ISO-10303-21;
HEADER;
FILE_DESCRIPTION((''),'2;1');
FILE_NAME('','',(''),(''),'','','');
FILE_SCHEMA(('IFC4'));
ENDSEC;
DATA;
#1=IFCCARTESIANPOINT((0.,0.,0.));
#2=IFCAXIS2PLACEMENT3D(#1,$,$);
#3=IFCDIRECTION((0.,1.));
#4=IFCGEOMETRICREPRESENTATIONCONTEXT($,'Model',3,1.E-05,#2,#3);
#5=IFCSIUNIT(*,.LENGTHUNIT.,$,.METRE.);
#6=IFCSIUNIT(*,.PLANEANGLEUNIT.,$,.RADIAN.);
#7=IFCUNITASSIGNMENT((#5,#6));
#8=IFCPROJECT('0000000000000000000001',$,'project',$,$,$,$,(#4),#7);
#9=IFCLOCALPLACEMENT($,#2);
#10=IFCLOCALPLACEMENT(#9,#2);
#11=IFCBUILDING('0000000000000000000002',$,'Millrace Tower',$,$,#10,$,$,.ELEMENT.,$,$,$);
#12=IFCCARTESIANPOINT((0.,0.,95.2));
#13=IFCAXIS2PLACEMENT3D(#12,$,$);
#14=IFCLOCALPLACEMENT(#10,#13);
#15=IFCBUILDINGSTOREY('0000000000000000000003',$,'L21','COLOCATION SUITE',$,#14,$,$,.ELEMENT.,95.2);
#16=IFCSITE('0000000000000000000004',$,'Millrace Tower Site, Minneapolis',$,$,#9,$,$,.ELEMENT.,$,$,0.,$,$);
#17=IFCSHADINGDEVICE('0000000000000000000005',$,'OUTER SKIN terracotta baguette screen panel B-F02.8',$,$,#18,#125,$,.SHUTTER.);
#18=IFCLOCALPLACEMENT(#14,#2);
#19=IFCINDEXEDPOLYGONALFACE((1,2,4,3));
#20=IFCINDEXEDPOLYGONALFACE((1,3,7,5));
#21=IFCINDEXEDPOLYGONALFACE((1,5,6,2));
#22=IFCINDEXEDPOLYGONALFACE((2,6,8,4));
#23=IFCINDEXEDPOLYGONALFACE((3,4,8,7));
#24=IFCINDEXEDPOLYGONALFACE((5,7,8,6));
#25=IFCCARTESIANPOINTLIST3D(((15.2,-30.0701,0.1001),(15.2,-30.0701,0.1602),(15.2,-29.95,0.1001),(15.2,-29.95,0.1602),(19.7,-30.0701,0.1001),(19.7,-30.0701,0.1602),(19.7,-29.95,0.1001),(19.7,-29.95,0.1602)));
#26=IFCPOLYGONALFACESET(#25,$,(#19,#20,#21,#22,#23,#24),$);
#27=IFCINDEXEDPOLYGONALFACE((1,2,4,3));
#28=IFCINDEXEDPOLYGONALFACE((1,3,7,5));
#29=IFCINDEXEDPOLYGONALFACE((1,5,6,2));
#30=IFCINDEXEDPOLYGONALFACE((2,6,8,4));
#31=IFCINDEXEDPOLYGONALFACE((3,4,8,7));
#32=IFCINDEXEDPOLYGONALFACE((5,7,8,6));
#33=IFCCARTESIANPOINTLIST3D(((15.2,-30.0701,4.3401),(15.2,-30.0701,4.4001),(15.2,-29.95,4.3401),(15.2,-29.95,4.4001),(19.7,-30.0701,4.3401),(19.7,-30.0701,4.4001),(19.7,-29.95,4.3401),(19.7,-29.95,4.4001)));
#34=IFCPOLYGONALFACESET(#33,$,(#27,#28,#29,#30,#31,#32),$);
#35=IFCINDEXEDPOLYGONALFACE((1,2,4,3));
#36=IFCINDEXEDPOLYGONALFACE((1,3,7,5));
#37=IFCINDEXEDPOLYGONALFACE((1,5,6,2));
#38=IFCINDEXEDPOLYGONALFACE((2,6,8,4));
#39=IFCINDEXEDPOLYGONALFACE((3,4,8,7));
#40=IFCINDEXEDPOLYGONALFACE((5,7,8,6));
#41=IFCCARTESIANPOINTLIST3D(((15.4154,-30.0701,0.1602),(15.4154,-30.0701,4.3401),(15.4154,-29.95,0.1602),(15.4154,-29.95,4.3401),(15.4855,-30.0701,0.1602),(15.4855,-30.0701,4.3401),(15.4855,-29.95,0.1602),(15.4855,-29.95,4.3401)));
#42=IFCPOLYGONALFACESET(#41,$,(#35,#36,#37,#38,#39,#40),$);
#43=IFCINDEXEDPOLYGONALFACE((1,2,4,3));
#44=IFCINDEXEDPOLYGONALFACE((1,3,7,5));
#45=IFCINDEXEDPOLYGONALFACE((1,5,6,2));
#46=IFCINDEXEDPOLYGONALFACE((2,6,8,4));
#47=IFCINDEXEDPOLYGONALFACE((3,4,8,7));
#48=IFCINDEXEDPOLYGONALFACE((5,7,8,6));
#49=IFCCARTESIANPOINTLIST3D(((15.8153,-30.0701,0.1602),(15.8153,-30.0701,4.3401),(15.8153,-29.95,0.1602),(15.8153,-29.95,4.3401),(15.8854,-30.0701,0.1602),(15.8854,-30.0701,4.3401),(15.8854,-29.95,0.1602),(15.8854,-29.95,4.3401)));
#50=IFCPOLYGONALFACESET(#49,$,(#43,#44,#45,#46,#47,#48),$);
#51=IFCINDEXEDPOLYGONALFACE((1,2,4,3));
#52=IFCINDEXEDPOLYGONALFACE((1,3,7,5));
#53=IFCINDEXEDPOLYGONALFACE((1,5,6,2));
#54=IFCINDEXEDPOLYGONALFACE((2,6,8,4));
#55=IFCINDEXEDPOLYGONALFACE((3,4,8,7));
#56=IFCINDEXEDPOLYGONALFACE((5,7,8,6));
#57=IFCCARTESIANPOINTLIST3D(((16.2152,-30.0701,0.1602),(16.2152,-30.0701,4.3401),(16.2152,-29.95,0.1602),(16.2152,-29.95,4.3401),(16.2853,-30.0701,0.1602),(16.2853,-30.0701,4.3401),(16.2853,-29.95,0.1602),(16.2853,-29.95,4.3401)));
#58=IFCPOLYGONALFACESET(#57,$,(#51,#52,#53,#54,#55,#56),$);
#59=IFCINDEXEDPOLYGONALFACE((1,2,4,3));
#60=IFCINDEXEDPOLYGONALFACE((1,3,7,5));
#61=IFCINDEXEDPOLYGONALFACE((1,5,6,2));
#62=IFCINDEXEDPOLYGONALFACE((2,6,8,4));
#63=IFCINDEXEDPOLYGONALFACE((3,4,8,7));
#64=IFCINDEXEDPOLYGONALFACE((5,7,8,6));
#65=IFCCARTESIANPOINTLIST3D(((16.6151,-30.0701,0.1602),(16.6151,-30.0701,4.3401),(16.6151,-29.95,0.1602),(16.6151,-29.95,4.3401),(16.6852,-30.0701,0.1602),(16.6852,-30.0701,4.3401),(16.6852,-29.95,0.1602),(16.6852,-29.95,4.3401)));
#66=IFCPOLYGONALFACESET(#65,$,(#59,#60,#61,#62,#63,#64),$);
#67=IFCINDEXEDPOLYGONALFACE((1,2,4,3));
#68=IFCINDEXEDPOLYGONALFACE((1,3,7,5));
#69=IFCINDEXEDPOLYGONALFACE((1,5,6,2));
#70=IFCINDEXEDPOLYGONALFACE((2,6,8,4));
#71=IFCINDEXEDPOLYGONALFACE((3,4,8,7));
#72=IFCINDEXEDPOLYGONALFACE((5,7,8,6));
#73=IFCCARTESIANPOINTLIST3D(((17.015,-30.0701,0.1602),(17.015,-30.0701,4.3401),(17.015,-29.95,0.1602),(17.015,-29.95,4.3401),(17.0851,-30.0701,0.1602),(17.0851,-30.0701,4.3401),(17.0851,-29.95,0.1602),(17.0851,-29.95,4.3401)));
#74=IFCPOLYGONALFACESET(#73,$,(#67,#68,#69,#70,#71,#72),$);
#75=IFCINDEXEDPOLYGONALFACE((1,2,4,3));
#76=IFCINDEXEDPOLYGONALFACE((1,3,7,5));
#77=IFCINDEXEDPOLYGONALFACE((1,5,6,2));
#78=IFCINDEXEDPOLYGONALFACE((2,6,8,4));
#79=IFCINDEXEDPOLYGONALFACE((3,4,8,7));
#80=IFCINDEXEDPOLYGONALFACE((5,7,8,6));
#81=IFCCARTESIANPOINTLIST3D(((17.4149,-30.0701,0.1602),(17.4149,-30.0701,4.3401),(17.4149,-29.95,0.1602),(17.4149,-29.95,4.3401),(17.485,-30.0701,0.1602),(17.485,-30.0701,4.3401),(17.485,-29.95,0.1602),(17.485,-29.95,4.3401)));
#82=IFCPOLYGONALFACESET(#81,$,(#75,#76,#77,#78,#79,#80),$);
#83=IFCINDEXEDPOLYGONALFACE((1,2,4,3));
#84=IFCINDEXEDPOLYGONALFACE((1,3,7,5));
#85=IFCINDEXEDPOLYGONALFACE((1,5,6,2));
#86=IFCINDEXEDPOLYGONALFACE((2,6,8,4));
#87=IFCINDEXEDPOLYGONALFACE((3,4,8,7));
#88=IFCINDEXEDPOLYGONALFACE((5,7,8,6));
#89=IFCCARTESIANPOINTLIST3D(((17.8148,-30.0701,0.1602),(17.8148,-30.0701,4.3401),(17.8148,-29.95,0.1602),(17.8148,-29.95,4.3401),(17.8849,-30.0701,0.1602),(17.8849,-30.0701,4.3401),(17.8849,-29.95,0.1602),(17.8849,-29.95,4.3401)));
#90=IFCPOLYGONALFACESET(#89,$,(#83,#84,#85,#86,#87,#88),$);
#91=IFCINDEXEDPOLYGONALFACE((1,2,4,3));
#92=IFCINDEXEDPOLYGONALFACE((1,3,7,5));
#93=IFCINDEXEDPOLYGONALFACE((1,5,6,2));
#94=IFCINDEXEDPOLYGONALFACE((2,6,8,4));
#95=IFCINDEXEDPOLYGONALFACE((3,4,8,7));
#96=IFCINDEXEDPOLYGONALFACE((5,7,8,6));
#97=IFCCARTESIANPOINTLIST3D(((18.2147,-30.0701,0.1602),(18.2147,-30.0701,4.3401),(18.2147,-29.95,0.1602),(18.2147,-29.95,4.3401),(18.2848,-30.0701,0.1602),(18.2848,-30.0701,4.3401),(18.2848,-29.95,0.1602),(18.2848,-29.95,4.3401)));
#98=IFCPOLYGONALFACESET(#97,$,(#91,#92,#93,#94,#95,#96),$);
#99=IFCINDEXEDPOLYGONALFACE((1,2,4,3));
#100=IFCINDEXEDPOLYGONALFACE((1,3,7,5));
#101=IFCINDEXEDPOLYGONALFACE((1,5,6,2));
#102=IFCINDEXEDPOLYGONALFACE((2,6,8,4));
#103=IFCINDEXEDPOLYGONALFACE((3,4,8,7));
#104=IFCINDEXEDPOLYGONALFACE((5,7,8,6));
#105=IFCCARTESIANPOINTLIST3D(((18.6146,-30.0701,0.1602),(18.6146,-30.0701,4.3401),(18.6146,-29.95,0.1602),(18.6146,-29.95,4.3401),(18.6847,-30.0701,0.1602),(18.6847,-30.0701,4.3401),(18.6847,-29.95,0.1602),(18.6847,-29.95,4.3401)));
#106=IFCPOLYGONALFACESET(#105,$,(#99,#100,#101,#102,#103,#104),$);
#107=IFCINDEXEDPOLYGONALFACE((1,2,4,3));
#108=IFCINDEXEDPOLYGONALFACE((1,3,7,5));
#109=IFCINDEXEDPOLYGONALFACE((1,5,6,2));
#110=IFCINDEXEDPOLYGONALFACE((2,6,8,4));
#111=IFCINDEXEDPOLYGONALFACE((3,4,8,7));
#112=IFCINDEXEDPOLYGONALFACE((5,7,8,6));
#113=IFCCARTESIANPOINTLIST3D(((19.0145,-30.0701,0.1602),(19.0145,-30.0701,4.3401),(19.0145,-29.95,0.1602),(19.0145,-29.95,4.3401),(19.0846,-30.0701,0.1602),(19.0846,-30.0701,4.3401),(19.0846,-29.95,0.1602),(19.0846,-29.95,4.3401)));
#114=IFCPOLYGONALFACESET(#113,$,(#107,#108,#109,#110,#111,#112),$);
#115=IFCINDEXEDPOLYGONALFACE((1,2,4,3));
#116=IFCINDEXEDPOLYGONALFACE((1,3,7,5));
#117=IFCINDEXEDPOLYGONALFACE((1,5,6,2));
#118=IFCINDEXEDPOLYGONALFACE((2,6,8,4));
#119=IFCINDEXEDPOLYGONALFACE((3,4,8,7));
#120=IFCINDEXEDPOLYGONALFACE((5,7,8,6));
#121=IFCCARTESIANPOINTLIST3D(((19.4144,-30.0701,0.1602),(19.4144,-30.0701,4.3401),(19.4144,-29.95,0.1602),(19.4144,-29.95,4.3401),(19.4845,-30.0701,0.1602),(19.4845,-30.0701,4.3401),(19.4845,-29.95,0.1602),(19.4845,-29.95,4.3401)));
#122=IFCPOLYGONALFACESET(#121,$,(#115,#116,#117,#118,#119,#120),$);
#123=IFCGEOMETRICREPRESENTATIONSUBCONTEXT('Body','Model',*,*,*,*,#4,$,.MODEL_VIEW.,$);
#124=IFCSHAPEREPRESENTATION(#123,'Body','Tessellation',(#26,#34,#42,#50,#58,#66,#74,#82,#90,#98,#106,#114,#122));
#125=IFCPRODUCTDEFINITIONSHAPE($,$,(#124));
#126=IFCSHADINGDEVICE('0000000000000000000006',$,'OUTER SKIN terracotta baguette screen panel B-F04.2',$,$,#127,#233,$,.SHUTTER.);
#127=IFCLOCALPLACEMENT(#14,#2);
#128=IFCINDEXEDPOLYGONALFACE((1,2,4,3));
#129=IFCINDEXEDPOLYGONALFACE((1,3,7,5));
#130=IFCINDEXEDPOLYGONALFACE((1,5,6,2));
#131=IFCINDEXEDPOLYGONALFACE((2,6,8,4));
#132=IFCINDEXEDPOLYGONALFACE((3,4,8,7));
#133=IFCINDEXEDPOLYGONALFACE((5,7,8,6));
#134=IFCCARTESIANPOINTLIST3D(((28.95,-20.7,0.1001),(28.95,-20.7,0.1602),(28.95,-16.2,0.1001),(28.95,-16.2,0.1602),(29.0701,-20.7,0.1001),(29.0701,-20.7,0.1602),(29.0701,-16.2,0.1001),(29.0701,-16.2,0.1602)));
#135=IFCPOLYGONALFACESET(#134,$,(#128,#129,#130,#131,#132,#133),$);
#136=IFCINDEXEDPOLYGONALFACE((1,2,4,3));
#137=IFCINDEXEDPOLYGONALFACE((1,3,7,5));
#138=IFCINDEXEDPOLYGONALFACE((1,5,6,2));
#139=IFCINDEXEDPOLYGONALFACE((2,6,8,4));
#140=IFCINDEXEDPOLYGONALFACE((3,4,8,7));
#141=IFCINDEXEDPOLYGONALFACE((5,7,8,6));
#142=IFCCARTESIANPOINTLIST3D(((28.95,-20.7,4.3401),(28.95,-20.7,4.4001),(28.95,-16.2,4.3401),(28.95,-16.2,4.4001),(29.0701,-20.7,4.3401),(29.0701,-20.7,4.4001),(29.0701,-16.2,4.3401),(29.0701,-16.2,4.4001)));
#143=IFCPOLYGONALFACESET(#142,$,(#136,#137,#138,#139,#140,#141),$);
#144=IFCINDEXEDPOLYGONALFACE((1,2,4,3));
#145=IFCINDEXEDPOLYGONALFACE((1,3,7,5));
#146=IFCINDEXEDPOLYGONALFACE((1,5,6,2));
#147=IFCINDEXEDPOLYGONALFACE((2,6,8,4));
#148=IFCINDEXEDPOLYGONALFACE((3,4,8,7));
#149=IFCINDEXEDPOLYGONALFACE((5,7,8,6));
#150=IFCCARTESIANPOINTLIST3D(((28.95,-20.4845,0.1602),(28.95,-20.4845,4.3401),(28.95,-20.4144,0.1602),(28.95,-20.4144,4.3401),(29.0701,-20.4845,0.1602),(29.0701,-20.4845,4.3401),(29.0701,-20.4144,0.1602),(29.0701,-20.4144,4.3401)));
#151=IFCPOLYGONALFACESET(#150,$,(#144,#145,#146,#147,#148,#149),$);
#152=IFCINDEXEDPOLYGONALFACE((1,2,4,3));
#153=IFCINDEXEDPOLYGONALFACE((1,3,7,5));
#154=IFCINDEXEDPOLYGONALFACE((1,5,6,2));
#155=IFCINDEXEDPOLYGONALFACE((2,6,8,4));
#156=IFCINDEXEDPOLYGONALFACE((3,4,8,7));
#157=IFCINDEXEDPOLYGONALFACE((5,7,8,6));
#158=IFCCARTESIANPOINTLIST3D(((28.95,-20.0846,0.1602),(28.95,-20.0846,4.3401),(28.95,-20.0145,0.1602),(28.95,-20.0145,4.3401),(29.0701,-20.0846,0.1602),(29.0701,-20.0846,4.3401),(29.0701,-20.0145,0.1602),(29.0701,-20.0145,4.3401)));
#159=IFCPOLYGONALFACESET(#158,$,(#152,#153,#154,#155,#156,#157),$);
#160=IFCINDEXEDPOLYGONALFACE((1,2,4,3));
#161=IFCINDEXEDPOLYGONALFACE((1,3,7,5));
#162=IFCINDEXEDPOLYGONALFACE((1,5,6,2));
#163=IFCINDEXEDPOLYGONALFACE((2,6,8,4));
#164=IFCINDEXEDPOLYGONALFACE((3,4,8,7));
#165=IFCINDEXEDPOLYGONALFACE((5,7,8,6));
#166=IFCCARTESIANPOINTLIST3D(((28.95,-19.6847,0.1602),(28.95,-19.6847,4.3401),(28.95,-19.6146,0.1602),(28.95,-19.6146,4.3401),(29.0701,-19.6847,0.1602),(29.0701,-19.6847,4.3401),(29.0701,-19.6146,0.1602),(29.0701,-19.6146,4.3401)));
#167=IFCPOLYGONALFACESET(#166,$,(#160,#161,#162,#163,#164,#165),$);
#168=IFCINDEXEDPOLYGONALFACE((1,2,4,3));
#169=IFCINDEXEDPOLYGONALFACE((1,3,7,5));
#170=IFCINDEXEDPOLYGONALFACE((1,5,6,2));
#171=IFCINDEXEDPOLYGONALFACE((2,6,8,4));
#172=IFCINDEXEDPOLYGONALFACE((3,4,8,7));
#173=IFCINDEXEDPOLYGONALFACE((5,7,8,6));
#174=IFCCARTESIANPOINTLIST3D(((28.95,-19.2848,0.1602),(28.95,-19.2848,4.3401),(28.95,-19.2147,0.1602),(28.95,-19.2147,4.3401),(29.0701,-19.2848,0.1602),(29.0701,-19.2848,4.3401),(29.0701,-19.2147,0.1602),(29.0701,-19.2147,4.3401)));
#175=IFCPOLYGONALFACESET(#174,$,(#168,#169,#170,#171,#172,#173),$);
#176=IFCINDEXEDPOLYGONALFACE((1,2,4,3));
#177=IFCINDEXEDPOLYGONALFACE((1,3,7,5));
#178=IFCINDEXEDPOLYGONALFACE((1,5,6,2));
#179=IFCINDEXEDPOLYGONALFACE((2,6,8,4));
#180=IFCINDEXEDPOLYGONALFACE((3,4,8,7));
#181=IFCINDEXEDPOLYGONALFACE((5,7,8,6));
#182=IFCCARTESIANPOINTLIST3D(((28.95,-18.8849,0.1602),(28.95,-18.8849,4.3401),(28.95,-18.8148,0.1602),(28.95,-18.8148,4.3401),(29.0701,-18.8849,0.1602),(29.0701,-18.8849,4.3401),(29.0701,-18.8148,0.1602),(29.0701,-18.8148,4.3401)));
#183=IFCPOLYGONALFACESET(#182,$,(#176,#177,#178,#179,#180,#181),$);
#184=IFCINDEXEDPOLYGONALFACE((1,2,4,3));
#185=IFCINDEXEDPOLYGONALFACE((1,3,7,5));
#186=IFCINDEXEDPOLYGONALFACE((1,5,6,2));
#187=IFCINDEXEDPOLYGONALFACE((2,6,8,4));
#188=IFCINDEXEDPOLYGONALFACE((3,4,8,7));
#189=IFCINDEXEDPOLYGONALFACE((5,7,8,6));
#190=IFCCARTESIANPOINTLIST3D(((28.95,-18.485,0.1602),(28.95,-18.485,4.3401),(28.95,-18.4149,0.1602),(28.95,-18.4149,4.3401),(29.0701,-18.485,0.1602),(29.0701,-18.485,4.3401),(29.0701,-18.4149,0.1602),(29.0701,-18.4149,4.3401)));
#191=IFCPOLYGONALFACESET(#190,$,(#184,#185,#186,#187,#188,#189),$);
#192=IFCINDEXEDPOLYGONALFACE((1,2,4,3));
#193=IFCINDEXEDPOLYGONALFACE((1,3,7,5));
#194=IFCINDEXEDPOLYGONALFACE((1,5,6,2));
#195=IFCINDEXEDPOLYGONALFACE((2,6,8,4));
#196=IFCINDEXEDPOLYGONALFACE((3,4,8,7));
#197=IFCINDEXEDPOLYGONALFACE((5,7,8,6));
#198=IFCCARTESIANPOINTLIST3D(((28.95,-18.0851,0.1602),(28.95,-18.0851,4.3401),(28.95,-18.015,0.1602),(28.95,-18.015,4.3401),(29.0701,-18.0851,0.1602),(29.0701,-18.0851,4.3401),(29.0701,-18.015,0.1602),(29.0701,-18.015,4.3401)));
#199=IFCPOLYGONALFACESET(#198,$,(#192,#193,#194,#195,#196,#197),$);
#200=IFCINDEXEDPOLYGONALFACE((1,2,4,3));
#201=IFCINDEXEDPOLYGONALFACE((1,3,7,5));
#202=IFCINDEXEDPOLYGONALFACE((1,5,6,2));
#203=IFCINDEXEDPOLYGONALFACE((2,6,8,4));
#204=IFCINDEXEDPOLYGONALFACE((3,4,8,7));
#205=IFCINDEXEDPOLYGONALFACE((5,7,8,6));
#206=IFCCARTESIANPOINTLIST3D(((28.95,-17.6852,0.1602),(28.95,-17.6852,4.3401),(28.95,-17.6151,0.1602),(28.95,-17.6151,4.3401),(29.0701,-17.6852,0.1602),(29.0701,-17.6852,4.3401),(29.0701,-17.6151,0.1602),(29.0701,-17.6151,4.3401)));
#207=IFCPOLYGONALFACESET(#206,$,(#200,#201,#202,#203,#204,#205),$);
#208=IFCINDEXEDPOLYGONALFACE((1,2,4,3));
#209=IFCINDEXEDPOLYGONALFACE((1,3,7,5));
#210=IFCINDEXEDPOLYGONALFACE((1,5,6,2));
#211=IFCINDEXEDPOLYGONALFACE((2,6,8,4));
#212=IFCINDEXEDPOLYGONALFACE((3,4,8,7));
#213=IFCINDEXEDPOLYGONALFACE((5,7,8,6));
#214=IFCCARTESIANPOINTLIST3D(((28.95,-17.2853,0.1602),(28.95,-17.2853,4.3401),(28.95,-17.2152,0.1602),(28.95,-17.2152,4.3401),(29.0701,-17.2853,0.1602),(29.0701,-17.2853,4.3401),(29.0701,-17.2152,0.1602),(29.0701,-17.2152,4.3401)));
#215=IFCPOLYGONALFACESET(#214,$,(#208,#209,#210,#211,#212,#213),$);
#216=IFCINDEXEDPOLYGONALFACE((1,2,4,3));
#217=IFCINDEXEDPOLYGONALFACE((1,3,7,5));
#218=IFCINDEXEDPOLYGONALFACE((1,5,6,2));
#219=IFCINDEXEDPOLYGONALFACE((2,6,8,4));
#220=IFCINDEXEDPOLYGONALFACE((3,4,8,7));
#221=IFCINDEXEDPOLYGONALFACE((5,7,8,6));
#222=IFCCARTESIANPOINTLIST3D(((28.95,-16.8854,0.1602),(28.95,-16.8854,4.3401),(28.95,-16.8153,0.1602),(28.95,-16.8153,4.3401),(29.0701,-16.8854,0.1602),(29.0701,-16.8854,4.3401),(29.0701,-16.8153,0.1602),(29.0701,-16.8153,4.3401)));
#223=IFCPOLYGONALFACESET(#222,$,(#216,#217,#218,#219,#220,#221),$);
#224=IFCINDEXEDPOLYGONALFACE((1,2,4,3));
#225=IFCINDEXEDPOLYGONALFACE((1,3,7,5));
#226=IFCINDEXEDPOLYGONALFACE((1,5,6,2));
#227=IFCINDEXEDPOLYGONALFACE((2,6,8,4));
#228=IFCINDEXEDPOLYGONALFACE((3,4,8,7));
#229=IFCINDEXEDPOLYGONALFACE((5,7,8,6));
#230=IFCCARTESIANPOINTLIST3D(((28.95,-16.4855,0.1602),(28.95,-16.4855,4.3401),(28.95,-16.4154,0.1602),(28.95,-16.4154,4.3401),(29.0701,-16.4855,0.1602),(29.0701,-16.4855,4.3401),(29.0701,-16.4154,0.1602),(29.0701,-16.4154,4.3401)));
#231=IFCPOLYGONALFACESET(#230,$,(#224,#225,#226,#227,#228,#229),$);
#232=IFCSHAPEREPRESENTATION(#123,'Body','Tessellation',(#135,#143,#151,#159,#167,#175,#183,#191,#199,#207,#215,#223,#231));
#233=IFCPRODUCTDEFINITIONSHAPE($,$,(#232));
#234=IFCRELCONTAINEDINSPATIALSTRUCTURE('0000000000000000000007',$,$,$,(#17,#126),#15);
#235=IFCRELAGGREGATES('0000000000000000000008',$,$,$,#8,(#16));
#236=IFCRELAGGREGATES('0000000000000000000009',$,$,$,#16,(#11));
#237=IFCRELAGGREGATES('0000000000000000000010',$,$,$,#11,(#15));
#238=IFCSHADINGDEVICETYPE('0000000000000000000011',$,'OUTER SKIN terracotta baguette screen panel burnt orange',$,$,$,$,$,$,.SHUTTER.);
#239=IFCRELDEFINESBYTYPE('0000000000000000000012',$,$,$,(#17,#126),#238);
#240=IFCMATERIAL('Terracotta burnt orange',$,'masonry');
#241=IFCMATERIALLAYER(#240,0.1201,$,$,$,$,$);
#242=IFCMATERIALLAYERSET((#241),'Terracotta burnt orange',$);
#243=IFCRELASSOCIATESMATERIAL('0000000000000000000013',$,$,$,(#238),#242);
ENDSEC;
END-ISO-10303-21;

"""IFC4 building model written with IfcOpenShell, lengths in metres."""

from ifc_helpers import new_model, entity, si_unit, direction, frame, frame_2d, origin, origin_2d, place, context, subcontext, project, spatial, rectangle, extrude, source, transform, mapped, material, layer, layer_set, type_object, element, save


model = new_model("IFC4")

# Units and contexts
model_context = context("Model", 3, precision=1e-05, world=origin(), true_north=direction((0.0, 1.0)))
body_context = subcontext(model_context, "Body", "Model", "MODEL_VIEW")
ifc_project = project(units=[si_unit("LENGTHUNIT", "METRE"), si_unit("PLANEANGLEUNIT", "RADIAN")], contexts=[model_context])

# Site, building, storey
site_placement = place(None, origin())
site = spatial("IfcSite", under=ifc_project, at=site_placement, Name="Millrace Tower Site, Minneapolis", CompositionType="ELEMENT", RefElevation=0.0)
building_placement = place(site_placement, origin())
building = spatial("IfcBuilding", under=site, at=building_placement, Name="Millrace Tower", CompositionType="ELEMENT")
storey_placement = place(building_placement, frame((0.0, 0.0, 95.2)))
storey = spatial("IfcBuildingStorey", under=building, at=storey_placement, Name="L21", Description="COLOCATION SUITE", CompositionType="ELEMENT", Elevation=95.2)

# Shading devices
ifc_material_1 = material(Name="Terracotta burnt orange", Category="masonry")
ifc_layer_1 = layer(ifc_material_1, 0.1201)
ifc_layer_set_1 = layer_set([ifc_layer_1], Name="Terracotta burnt orange")
shading_device_type = type_object("IfcShadingDeviceType", Name="OUTER SKIN terracotta baguette screen panel burnt orange", PredefinedType="SHUTTER", material=ifc_layer_set_1)
cartesian_point_1 = entity("IfcCartesianPoint", [-2.25, 0.0601])
shared_polyline_1 = entity("IfcPolyline", [cartesian_point_1, entity("IfcCartesianPoint", [2.25, 0.0601]), entity("IfcCartesianPoint", [2.25, -0.0601]), entity("IfcCartesianPoint", [-2.25, -0.0601]), cartesian_point_1])
shared_shape_1 = source(origin(), body_context, "Body", "SweptSolid", [
    entity("IfcExtrudedAreaSolid", entity("IfcArbitraryClosedProfileDef", "AREA", None, shared_polyline_1), entity("IfcAxis2Placement3D", entity("IfcCartesianPoint", [0.0, 0.0, 0.0])), entity("IfcDirection", [0.0, 0.0, 1.0]), 0.0601),
    entity("IfcExtrudedAreaSolid", entity("IfcArbitraryClosedProfileDef", "AREA", None, shared_polyline_1), entity("IfcAxis2Placement3D", entity("IfcCartesianPoint", [0.0, 0.0, 4.24])), entity("IfcDirection", [0.0, 0.0, 1.0]), 0.0601),
    extrude(rectangle(XDim=0.0701, YDim=0.1201, at=frame_2d((-1.9995, 0.0))), frame((0.0, 0.0, 0.0601)), (0.0, 0.0, 1.0), 4.1799),
    extrude(rectangle(XDim=0.0701, YDim=0.1201, at=frame_2d((-1.5996, 0.0))), frame((0.0, 0.0, 0.0601)), (0.0, 0.0, 1.0), 4.1799),
    extrude(rectangle(XDim=0.0701, YDim=0.1201, at=frame_2d((-1.1997, 0.0))), frame((0.0, 0.0, 0.0601)), (0.0, 0.0, 1.0), 4.1799),
    extrude(rectangle(XDim=0.0701, YDim=0.1201, at=frame_2d((-0.7998, 0.0))), frame((0.0, 0.0, 0.0601)), (0.0, 0.0, 1.0), 4.1799),
    extrude(rectangle(XDim=0.0701, YDim=0.1201, at=frame_2d((-0.3999, 0.0))), frame((0.0, 0.0, 0.0601)), (0.0, 0.0, 1.0), 4.1799),
    extrude(rectangle(XDim=0.0701, YDim=0.1201, at=origin_2d()), frame((0.0, 0.0, 0.0601)), (0.0, 0.0, 1.0), 4.1799),
    extrude(rectangle(XDim=0.0701, YDim=0.1201, at=frame_2d((0.3999, 0.0))), frame((0.0, 0.0, 0.0601)), (0.0, 0.0, 1.0), 4.1799),
    extrude(rectangle(XDim=0.0701, YDim=0.1201, at=frame_2d((0.7998, 0.0))), frame((0.0, 0.0, 0.0601)), (0.0, 0.0, 1.0), 4.1799),
    extrude(rectangle(XDim=0.0701, YDim=0.1201, at=frame_2d((1.1997, 0.0))), frame((0.0, 0.0, 0.0601)), (0.0, 0.0, 1.0), 4.1799),
    extrude(rectangle(XDim=0.0701, YDim=0.1201, at=frame_2d((1.5996, 0.0))), frame((0.0, 0.0, 0.0601)), (0.0, 0.0, 1.0), 4.1799),
    extrude(rectangle(XDim=0.0701, YDim=0.1201, at=frame_2d((1.9995, 0.0))), frame((0.0, 0.0, 0.0601)), (0.0, 0.0, 1.0), 4.1799),
])
for number, where, z_axis, x_axis, name in (
    (1, (17.45, -30.01, 0.1001), (0.0, 0.0, 1.0), (1.0, 0.0, 0.0), "OUTER SKIN terracotta baguette screen panel B-F02.8"),
    (2, (29.01, -18.45, 0.1001), (0.0, 0.0, 1.0), (0.0, 1.0, 0.0), "OUTER SKIN terracotta baguette screen panel B-F04.2"),
):
    element("IfcShadingDevice", number, at=place(storey_placement, frame(where, z_axis=z_axis, x_axis=x_axis)), inside=storey, type_object=shading_device_type, Name=name, PredefinedType="SHUTTER", context=body_context, shape_type="MappedRepresentation", body=[
        mapped(shared_shape_1, transform((0.0, 0.0, 0.0), scale=1.0)),
    ])

save(model, "model.ifc")
